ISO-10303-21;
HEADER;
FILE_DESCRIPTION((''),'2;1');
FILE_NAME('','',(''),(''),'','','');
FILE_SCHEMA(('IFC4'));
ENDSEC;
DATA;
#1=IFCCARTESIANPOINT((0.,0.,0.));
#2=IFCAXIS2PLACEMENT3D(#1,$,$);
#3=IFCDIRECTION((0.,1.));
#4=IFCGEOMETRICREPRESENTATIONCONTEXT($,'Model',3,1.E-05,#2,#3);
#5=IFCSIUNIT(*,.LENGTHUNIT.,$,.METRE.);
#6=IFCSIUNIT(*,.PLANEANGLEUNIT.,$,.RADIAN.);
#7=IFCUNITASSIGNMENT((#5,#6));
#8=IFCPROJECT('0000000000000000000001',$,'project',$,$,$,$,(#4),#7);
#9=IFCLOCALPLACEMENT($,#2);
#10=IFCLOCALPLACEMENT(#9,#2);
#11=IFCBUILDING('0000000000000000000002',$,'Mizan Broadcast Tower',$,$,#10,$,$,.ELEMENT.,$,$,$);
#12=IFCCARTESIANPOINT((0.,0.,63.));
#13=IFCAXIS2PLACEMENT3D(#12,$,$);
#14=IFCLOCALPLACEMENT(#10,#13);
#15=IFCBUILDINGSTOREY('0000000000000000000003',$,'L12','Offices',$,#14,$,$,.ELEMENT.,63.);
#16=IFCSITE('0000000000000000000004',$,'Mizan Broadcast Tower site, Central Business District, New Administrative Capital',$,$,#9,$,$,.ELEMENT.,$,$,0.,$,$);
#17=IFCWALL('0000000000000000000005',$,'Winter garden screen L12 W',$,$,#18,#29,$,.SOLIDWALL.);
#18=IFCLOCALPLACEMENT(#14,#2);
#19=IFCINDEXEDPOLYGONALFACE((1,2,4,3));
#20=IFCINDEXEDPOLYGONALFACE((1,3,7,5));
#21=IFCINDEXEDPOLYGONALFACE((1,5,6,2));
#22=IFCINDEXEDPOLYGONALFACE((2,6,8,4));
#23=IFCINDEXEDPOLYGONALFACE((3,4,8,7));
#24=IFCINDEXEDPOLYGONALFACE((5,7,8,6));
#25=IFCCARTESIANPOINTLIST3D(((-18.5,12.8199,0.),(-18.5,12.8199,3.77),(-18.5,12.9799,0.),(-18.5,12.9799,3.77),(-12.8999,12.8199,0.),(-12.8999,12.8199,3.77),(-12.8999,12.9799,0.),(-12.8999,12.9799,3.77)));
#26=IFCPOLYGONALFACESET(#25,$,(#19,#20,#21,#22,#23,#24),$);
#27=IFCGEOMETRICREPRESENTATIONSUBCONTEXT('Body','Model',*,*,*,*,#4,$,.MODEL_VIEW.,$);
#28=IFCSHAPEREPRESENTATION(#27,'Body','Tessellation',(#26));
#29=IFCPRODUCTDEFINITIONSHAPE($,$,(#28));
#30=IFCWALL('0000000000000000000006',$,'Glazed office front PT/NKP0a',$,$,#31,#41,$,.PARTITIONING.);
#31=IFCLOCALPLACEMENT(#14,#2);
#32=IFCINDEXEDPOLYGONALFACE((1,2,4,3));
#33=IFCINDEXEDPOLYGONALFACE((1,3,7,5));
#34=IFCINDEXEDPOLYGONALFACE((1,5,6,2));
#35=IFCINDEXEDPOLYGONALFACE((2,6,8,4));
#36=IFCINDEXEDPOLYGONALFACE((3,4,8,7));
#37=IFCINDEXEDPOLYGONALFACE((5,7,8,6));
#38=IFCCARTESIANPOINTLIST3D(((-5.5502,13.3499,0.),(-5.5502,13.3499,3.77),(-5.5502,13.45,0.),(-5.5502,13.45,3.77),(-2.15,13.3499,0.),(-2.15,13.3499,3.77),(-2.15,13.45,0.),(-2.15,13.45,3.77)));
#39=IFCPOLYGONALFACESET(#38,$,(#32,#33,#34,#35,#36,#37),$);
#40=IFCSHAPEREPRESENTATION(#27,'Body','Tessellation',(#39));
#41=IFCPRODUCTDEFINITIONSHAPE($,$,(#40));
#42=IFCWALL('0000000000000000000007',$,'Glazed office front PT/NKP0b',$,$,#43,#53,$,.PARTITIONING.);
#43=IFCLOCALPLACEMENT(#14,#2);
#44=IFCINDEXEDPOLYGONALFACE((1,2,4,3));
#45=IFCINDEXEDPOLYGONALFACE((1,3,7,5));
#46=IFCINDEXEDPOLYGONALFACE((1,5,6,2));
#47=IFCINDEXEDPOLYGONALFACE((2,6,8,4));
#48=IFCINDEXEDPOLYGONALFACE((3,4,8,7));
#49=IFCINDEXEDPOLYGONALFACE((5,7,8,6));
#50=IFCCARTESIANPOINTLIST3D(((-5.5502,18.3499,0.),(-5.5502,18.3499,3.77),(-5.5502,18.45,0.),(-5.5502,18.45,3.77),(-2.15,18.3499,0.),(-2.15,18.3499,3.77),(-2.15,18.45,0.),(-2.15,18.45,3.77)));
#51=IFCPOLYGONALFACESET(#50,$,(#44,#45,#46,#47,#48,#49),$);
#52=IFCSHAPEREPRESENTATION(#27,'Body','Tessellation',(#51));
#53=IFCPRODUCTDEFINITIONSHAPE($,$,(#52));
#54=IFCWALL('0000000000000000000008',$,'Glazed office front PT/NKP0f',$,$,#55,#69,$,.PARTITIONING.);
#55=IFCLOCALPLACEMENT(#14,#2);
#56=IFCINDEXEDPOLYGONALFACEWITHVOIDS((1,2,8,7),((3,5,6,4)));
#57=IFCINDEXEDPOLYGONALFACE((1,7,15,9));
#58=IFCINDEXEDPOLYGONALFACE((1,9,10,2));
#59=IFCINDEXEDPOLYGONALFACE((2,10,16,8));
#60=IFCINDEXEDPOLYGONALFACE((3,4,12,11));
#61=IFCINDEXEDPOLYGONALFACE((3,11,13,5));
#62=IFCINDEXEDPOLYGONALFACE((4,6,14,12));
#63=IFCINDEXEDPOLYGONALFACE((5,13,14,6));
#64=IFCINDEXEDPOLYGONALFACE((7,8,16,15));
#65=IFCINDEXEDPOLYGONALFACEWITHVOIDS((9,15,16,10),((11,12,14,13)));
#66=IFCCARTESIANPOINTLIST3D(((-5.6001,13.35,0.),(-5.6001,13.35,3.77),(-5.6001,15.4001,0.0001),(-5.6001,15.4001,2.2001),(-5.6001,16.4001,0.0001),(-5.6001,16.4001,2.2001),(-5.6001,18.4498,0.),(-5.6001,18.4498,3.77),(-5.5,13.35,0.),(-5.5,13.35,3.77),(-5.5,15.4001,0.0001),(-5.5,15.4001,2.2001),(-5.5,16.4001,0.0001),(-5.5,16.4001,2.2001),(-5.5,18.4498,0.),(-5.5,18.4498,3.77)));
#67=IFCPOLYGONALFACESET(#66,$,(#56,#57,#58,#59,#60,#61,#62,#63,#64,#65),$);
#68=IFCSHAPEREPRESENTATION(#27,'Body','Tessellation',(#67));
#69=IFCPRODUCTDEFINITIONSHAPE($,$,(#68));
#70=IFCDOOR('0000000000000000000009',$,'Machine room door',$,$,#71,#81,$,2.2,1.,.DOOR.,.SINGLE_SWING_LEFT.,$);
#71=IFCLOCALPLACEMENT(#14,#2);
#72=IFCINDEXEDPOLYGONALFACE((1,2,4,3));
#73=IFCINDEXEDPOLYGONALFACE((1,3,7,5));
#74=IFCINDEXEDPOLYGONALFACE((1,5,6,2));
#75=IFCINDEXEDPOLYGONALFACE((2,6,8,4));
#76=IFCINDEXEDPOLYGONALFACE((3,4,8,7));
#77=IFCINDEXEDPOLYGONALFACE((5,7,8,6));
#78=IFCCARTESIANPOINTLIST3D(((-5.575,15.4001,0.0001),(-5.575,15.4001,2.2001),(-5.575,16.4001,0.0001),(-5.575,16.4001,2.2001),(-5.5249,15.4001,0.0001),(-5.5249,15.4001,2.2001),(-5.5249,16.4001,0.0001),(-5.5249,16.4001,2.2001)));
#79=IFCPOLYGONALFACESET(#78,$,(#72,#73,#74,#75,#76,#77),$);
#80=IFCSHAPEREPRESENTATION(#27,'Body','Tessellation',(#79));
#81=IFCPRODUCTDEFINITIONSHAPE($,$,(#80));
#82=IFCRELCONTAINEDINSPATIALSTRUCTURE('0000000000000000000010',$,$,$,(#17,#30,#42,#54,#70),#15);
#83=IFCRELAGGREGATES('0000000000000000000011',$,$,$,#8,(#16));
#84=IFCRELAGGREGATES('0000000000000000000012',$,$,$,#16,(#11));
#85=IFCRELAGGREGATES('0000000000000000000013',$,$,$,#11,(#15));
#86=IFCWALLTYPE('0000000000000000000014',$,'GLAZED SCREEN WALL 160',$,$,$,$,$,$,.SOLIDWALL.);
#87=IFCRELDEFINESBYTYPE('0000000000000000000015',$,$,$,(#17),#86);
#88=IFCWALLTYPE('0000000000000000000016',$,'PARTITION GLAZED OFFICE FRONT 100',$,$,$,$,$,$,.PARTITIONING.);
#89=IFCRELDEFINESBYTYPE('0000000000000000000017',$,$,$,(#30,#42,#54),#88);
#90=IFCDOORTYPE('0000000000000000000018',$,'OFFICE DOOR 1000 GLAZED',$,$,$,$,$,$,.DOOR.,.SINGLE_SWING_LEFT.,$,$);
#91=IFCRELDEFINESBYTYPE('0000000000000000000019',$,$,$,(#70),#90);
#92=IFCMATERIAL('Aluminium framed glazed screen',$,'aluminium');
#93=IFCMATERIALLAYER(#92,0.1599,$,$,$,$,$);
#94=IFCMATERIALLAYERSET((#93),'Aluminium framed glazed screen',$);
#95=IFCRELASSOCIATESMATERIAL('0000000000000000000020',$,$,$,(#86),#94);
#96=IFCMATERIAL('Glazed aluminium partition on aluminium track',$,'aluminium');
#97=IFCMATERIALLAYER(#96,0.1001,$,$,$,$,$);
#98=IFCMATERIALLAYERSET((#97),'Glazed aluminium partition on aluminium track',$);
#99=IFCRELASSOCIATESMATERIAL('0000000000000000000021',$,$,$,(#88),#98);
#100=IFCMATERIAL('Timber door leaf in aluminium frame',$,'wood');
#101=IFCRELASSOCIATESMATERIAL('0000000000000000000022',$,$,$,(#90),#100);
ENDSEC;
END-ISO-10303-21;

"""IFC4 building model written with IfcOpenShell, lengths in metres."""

from ifc_helpers import new_model, si_unit, direction, frame, frame_2d, origin, place, context, subcontext, project, spatial, rectangle, extrude, material, layer, layer_set, type_object, element, fill, save


model = new_model("IFC4")

# Units and contexts
model_context = context("Model", 3, precision=1e-05, world=origin(), true_north=direction((0.0, 1.0)))
body_context = subcontext(model_context, "Body", "Model", "MODEL_VIEW")
ifc_project = project(units=[si_unit("LENGTHUNIT", "METRE"), si_unit("PLANEANGLEUNIT", "RADIAN")], contexts=[model_context])

# Site, building, storey
site_placement = place(None, origin())
site = spatial("IfcSite", under=ifc_project, at=site_placement, Name="Mizan Broadcast Tower site, Central Business District, New Administrative Capital", CompositionType="ELEMENT", RefElevation=0.0)
building_placement = place(site_placement, origin())
building = spatial("IfcBuilding", under=site, at=building_placement, Name="Mizan Broadcast Tower", CompositionType="ELEMENT")
storey_placement = place(building_placement, frame((0.0, 0.0, 63.0)))
storey = spatial("IfcBuildingStorey", under=building, at=storey_placement, Name="L12", Description="Offices", CompositionType="ELEMENT", Elevation=63.0)

# Shared definitions
ifc_material_1 = material(Name="Aluminium framed glazed screen", Category="aluminium")
ifc_layer_1 = layer(ifc_material_1, 0.1599)
ifc_layer_set_1 = layer_set([ifc_layer_1], Name="Aluminium framed glazed screen")
wall_type_1 = type_object("IfcWallType", Name="GLAZED SCREEN WALL 160", PredefinedType="SOLIDWALL", material=ifc_layer_set_1)

# Walls
wall_1_placement = place(storey_placement, frame((-12.8999, 12.8999, 0.0), z_axis=(0.0, 0.0, 1.0), x_axis=(-1.0, 0.0, 0.0)))
element("IfcWall", 1, at=wall_1_placement, inside=storey, type_object=wall_type_1, Name="Winter garden screen L12 W", PredefinedType="SOLIDWALL", context=body_context, shape_type="SweptSolid", body=[
    extrude(rectangle(XDim=5.6001, YDim=0.1599, at=frame_2d((2.8, 0.0))), origin(), (0.0, 0.0, 1.0), 3.77),
])
ifc_material_2 = material(Name="Glazed aluminium partition on aluminium track", Category="aluminium")
ifc_layer_2 = layer(ifc_material_2, 0.1001)
ifc_layer_set_2 = layer_set([ifc_layer_2], Name="Glazed aluminium partition on aluminium track")
wall_type_2 = type_object("IfcWallType", Name="PARTITION GLAZED OFFICE FRONT 100", PredefinedType="PARTITIONING", material=ifc_layer_set_2)
for number, where, z_axis, x_axis, name in (
    (2, (-2.1499, 13.3999, 0.0), (0.0, 0.0, 1.0), (-1.0, 0.0, 0.0), "Glazed office front PT/NKP0a"),
    (3, (-2.1499, 18.3999, 0.0), (0.0, 0.0, 1.0), (-1.0, 0.0, 0.0), "Glazed office front PT/NKP0b"),
):
    element("IfcWall", number, at=place(storey_placement, frame(where, z_axis=z_axis, x_axis=x_axis)), inside=storey, type_object=wall_type_2, Name=name, PredefinedType="PARTITIONING", context=body_context, shape_type="SweptSolid", body=[
        extrude(rectangle(XDim=3.4001, YDim=0.1001, at=frame_2d((1.7002, 0.0))), origin(), (0.0, 0.0, 1.0), 3.77),
    ])

# Wall, opening, door
wall_2_placement = place(storey_placement, frame((-5.55, 13.3501, 0.0), z_axis=(0.0, 0.0, 1.0), x_axis=(0.0, 1.0, 0.0)))
wall_2 = element("IfcWall", 4, at=wall_2_placement, inside=storey, type_object=wall_type_2, Name="Glazed office front PT/NKP0f", PredefinedType="PARTITIONING", context=body_context, shape_type="SweptSolid", body=[
    extrude(rectangle(XDim=5.0999, YDim=0.1001, at=frame_2d((2.5498, 0.0))), origin(), (0.0, 0.0, 1.0), 3.77),
])
opening_1_placement = place(wall_2_placement, frame((2.05, 0.0, 0.0)))
opening_1 = element("IfcOpeningElement", 5, at=opening_1_placement, cuts=wall_2, PredefinedType="OPENING", context=body_context, shape_type="SweptSolid", body=[
    extrude(rectangle(XDim=1.0, YDim=2.2, at=frame_2d((0.5, 1.1001))), frame((0.0, 0.0601, 0.0), z_axis=(0.0, -1.0, 0.0), x_axis=(1.0, 0.0, 0.0)), (0.0, 0.0, 1.0), 0.1201),
])
ifc_material_3 = material(Name="Timber door leaf in aluminium frame", Category="wood")
door_type_1 = type_object("IfcDoorType", Name="OFFICE DOOR 1000 GLAZED", OperationType="SINGLE_SWING_LEFT", PredefinedType="DOOR", material=ifc_material_3)
door_1_placement = place(opening_1_placement, origin())
door_1 = element("IfcDoor", 6, at=door_1_placement, inside=storey, type_object=door_type_1, Name="Machine room door", OperationType="SINGLE_SWING_LEFT", OverallHeight=2.2, OverallWidth=1.0, PredefinedType="DOOR", context=body_context, shape_type="SweptSolid", body=[
    extrude(rectangle(XDim=1.0, YDim=2.2, at=frame_2d((0.5, 1.1001))), frame((0.0, 0.0249, 0.0), z_axis=(0.0, -1.0, 0.0), x_axis=(1.0, 0.0, 0.0)), (0.0, 0.0, 1.0), 0.05),
])
fill(opening_1, door_1)

save(model, "model.ifc")
